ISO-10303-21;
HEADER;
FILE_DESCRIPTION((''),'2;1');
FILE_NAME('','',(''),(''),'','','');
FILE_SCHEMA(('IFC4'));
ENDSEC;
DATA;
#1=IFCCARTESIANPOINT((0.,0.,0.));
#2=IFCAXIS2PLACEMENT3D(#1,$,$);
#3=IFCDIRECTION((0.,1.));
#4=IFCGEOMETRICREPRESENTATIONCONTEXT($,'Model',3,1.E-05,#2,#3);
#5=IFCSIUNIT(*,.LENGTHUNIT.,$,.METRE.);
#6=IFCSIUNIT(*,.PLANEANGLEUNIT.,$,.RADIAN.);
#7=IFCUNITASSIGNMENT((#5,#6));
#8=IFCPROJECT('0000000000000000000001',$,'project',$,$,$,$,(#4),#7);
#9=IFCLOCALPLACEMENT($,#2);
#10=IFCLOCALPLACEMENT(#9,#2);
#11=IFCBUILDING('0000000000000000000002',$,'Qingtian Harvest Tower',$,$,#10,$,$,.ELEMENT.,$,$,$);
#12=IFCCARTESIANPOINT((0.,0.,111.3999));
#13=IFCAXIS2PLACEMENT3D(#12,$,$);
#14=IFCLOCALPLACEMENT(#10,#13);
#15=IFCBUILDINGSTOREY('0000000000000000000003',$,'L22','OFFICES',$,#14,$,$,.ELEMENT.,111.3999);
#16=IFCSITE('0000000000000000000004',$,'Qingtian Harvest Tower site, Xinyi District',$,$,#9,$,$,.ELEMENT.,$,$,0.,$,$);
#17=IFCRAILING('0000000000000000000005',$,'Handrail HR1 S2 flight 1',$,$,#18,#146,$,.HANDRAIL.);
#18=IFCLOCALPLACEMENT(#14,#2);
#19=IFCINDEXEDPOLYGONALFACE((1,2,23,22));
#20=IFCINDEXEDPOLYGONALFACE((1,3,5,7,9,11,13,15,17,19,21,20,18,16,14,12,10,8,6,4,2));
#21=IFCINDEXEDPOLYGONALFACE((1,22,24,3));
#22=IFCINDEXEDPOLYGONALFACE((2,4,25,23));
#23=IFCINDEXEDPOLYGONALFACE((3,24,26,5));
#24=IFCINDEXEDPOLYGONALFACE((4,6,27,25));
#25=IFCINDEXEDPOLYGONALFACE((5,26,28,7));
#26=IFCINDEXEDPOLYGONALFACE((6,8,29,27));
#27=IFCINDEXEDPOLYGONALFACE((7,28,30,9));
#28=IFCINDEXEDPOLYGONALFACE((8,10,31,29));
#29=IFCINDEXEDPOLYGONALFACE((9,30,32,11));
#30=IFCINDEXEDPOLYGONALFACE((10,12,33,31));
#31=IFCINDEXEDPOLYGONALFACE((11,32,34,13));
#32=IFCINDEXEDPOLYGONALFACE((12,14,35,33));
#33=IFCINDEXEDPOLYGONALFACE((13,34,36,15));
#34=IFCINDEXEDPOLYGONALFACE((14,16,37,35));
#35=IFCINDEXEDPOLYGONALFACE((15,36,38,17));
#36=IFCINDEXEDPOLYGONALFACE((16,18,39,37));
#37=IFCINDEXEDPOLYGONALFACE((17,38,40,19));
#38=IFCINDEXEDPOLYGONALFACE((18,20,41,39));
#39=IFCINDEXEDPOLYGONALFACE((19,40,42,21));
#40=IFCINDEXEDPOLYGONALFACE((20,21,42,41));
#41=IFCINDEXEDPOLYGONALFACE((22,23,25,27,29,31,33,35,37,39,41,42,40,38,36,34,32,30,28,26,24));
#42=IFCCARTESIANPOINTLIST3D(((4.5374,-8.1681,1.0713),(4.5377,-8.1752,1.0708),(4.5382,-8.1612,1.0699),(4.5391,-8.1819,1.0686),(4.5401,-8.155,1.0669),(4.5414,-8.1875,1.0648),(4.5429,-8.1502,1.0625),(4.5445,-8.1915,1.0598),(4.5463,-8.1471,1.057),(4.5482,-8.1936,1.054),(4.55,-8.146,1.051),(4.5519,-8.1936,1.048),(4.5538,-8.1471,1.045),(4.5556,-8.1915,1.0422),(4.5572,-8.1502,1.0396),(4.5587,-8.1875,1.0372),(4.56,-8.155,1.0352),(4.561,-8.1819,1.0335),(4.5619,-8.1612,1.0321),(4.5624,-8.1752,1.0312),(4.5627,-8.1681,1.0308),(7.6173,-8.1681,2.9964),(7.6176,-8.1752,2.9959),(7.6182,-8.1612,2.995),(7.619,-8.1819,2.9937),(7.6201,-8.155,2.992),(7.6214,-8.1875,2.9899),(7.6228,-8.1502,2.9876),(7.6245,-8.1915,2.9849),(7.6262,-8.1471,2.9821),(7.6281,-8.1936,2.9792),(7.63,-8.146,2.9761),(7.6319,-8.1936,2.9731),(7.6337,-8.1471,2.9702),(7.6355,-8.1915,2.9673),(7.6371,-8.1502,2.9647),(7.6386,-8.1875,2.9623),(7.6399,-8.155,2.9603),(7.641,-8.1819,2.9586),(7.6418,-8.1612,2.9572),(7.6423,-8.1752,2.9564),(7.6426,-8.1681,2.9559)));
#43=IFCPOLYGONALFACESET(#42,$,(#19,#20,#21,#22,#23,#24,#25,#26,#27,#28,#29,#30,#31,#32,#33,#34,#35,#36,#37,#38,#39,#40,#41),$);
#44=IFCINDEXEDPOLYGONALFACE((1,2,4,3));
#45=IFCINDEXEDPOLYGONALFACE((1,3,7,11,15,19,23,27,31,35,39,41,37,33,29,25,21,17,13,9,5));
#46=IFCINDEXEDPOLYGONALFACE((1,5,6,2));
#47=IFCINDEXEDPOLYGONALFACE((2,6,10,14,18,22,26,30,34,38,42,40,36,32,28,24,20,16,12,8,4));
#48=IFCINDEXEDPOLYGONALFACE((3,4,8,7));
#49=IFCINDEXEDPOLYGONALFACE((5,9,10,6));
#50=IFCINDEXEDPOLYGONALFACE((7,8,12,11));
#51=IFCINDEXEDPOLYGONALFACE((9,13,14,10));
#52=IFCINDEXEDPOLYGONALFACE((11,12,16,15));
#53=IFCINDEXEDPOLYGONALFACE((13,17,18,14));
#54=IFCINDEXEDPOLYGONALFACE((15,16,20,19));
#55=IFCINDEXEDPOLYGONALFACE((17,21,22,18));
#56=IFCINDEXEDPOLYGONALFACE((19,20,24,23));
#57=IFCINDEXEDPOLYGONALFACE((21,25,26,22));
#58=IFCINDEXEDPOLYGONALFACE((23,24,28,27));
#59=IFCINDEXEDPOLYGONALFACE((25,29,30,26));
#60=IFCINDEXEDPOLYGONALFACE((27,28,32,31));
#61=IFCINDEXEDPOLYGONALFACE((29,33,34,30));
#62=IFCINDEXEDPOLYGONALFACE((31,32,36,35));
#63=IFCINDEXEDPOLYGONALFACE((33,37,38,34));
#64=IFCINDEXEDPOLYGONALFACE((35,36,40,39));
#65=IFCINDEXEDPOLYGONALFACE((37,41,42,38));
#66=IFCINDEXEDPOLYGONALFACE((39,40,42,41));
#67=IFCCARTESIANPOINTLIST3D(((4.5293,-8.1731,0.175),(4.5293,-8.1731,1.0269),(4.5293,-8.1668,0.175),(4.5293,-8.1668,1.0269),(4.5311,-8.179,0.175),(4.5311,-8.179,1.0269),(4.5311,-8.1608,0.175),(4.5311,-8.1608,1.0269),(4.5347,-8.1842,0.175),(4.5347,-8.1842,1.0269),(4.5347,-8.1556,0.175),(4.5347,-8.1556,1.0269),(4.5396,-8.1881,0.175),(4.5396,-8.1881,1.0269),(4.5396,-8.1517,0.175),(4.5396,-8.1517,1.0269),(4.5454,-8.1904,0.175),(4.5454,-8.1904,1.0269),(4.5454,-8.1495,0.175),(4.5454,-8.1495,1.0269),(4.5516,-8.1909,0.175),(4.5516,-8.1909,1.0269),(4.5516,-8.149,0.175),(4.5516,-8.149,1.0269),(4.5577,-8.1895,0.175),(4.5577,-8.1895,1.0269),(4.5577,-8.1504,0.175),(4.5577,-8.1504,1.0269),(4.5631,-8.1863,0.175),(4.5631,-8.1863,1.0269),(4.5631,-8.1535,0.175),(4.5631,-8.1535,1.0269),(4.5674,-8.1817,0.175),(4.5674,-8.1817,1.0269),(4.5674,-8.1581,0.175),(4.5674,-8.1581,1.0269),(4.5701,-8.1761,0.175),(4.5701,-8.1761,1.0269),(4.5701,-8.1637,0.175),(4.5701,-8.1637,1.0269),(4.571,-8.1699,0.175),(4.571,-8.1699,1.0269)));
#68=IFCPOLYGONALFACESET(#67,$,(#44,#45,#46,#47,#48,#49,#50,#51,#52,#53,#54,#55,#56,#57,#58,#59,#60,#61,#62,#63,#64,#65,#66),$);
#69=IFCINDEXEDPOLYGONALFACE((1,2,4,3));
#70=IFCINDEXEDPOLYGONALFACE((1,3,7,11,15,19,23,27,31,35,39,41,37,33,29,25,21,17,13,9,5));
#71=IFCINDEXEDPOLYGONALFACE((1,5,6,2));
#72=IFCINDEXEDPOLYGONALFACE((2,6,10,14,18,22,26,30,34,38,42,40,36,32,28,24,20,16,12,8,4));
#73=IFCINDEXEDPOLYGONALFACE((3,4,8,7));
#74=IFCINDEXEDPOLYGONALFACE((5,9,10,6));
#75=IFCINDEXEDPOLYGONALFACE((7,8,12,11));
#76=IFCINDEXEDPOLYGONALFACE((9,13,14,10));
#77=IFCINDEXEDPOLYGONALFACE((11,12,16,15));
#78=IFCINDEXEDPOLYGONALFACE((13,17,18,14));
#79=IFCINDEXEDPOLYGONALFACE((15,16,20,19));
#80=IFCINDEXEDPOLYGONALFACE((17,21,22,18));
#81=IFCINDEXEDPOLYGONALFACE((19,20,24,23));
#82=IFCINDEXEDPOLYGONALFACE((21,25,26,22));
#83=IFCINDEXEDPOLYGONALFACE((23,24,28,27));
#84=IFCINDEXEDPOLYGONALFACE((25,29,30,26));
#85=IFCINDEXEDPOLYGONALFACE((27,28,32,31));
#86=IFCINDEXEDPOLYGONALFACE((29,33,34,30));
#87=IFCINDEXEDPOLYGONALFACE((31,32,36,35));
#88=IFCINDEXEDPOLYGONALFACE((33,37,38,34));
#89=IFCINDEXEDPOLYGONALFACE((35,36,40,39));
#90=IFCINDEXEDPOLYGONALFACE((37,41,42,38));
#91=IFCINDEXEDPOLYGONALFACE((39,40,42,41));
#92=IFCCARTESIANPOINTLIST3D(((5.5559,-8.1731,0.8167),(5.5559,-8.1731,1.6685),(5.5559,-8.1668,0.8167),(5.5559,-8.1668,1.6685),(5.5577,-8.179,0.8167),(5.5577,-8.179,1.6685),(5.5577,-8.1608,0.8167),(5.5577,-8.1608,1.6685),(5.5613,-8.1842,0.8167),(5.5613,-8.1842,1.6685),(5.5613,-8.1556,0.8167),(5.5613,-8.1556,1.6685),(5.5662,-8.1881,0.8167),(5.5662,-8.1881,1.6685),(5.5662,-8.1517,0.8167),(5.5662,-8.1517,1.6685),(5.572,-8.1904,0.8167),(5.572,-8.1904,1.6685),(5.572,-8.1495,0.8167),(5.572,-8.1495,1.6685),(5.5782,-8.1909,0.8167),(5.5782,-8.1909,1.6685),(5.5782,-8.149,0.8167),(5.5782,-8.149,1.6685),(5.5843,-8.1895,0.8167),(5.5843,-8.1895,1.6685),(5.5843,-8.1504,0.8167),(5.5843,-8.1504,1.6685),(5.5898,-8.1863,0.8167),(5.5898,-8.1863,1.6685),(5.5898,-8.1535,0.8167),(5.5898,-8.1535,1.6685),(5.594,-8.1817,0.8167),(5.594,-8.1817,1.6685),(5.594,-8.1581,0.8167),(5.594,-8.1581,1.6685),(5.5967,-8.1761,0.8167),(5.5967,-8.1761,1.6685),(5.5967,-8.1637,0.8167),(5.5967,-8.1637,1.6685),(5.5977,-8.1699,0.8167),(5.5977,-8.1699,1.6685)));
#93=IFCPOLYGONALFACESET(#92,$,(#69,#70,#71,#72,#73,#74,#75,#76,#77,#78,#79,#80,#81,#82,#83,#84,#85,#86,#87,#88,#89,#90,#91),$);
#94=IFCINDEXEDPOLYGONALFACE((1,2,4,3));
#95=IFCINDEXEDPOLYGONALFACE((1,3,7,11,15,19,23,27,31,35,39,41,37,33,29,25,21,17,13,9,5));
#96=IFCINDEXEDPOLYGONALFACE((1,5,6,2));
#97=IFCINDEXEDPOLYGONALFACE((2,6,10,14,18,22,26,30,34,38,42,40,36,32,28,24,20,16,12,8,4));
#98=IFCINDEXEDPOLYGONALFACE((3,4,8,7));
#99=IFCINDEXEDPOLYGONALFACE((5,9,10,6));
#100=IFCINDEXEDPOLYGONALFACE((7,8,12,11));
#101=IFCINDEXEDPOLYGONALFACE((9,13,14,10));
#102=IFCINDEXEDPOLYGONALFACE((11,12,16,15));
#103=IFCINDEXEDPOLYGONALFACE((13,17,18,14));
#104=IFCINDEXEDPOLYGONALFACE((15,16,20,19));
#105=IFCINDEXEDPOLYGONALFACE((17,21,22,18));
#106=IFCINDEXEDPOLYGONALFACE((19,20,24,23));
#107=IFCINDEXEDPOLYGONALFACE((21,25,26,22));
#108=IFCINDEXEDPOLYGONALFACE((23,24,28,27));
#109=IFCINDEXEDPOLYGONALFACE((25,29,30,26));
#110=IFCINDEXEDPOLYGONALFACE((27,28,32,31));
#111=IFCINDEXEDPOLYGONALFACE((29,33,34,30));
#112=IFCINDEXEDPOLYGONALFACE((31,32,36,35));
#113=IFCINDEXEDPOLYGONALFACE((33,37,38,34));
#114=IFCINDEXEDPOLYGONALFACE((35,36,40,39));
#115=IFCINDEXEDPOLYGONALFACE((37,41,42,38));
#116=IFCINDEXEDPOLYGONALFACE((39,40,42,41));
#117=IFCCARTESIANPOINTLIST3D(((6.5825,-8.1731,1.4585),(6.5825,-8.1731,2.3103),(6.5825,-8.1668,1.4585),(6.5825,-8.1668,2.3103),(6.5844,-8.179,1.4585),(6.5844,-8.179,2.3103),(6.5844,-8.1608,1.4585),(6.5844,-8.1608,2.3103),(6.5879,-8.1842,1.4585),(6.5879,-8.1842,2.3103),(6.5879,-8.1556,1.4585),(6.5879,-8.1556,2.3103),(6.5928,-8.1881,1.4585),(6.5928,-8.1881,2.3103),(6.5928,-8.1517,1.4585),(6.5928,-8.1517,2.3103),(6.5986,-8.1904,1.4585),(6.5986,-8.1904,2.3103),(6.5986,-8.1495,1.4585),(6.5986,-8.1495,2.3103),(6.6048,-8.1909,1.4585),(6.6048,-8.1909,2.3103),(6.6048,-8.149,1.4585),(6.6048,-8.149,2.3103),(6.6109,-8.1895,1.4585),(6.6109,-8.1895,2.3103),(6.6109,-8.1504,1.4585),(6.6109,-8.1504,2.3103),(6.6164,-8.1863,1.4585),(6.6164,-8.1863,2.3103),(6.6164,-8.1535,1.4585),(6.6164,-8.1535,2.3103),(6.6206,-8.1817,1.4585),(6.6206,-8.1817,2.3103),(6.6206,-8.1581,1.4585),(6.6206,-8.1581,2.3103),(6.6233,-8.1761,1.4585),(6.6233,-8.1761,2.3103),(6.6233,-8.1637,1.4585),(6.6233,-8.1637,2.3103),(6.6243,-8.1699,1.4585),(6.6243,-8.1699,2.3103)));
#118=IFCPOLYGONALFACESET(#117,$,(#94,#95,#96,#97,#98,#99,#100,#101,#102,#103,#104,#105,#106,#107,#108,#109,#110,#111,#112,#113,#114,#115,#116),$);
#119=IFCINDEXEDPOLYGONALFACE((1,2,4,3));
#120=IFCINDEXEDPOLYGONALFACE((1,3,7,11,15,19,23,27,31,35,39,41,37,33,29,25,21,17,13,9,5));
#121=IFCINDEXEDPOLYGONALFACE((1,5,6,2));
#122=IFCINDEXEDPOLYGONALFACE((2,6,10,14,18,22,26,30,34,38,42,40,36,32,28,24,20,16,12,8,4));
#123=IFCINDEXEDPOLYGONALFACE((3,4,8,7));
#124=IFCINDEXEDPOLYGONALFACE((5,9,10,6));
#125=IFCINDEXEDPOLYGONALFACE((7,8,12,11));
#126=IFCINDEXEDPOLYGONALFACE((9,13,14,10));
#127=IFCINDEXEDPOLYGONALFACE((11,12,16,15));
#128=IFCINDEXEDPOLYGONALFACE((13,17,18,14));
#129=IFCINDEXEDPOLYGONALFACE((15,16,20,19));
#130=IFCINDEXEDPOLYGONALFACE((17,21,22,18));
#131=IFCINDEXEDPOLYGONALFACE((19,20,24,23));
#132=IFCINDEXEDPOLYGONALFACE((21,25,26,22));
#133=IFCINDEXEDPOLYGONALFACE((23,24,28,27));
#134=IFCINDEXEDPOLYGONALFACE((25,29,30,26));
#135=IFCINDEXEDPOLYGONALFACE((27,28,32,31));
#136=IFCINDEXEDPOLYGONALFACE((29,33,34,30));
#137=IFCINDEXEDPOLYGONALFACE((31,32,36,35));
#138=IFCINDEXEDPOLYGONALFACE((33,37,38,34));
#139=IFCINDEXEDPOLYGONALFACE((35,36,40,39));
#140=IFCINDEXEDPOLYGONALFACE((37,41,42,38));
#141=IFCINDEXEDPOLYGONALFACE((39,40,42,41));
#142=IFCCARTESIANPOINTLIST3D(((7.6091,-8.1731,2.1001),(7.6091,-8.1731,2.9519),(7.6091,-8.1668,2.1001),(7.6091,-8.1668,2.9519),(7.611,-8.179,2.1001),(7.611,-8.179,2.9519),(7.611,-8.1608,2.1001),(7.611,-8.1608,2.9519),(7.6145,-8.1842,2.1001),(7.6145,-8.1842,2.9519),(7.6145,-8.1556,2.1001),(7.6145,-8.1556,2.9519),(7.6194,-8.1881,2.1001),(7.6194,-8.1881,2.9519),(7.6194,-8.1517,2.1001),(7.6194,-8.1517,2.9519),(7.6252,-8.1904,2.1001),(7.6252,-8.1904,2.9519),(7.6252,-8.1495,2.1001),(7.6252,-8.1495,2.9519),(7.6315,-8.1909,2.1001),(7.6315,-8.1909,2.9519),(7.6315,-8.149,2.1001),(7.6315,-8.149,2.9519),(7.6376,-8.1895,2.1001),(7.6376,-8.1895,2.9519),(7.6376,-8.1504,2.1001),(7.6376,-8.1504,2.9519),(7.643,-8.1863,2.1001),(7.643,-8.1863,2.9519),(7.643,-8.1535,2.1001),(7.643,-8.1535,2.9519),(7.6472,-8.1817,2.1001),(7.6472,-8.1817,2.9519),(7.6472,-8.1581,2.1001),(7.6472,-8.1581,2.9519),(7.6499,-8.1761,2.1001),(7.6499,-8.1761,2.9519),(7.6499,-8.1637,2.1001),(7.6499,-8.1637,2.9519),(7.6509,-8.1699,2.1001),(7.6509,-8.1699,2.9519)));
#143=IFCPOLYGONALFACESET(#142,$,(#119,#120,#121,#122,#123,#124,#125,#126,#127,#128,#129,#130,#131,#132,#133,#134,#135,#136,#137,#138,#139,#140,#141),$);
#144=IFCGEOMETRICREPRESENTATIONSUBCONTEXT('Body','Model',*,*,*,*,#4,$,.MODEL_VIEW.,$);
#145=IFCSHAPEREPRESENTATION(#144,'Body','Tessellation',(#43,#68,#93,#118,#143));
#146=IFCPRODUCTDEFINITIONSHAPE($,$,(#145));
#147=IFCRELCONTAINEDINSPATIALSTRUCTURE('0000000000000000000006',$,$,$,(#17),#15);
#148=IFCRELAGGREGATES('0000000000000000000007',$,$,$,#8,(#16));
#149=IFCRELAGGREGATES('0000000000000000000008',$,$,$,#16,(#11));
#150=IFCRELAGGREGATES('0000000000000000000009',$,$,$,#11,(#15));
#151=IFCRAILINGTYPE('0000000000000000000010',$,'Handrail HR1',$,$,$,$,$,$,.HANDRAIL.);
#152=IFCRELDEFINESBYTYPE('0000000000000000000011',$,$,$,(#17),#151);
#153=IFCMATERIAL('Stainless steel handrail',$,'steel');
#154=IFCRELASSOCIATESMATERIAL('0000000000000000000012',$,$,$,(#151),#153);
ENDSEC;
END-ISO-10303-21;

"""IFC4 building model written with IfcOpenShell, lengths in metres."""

from ifc_helpers import new_model, si_unit, direction, frame, origin, origin_2d, place, context, subcontext, project, spatial, circle, extrude, material, type_object, element, save


model = new_model("IFC4")

# Units and contexts
model_context = context("Model", 3, precision=1e-05, world=origin(), true_north=direction((0.0, 1.0)))
body_context = subcontext(model_context, "Body", "Model", "MODEL_VIEW")
ifc_project = project(units=[si_unit("LENGTHUNIT", "METRE"), si_unit("PLANEANGLEUNIT", "RADIAN")], contexts=[model_context])

# Site, building, storey
site_placement = place(None, origin())
site = spatial("IfcSite", under=ifc_project, at=site_placement, Name="Qingtian Harvest Tower site, Xinyi District", CompositionType="ELEMENT", RefElevation=0.0)
building_placement = place(site_placement, origin())
building = spatial("IfcBuilding", under=site, at=building_placement, Name="Qingtian Harvest Tower", CompositionType="ELEMENT")
storey_placement = place(building_placement, frame((0.0, 0.0, 111.3999)))
storey = spatial("IfcBuildingStorey", under=building, at=storey_placement, Name="L22", Description="OFFICES", CompositionType="ELEMENT", Elevation=111.3999)

# Railing
ifc_material_1 = material(Name="Stainless steel handrail", Category="steel")
railing_type = type_object("IfcRailingType", Name="Handrail HR1", PredefinedType="HANDRAIL", material=ifc_material_1)
railing_1_placement = place(storey_placement, frame((4.55, -8.1699, 0.175)))
element("IfcRailing", 1, at=railing_1_placement, inside=storey, type_object=railing_type, Name="Handrail HR1 S2 flight 1", PredefinedType="HANDRAIL", context=body_context, shape_type="SweptSolid", body=[
    extrude(circle(Radius=0.0239, at=origin_2d()), frame((0.0, 0.0, 0.876), z_axis=(0.847979, 0.0, 0.530029), x_axis=(0.0, 1.0, 0.0)), (0.0, 0.0, 1.0), 3.6321),
    extrude(circle(Radius=0.021, at=origin_2d()), origin(), (0.0, 0.0, 1.0), 0.8518),
    extrude(circle(Radius=0.021, at=origin_2d()), frame((1.0266, 0.0, 0.6416)), (0.0, 0.0, 1.0), 0.8518),
    extrude(circle(Radius=0.021, at=origin_2d()), frame((2.0532, 0.0, 1.2834)), (0.0, 0.0, 1.0), 0.8518),
    extrude(circle(Radius=0.021, at=origin_2d()), frame((3.0798, 0.0, 1.925)), (0.0, 0.0, 1.0), 0.8518),
])

save(model, "model.ifc")
